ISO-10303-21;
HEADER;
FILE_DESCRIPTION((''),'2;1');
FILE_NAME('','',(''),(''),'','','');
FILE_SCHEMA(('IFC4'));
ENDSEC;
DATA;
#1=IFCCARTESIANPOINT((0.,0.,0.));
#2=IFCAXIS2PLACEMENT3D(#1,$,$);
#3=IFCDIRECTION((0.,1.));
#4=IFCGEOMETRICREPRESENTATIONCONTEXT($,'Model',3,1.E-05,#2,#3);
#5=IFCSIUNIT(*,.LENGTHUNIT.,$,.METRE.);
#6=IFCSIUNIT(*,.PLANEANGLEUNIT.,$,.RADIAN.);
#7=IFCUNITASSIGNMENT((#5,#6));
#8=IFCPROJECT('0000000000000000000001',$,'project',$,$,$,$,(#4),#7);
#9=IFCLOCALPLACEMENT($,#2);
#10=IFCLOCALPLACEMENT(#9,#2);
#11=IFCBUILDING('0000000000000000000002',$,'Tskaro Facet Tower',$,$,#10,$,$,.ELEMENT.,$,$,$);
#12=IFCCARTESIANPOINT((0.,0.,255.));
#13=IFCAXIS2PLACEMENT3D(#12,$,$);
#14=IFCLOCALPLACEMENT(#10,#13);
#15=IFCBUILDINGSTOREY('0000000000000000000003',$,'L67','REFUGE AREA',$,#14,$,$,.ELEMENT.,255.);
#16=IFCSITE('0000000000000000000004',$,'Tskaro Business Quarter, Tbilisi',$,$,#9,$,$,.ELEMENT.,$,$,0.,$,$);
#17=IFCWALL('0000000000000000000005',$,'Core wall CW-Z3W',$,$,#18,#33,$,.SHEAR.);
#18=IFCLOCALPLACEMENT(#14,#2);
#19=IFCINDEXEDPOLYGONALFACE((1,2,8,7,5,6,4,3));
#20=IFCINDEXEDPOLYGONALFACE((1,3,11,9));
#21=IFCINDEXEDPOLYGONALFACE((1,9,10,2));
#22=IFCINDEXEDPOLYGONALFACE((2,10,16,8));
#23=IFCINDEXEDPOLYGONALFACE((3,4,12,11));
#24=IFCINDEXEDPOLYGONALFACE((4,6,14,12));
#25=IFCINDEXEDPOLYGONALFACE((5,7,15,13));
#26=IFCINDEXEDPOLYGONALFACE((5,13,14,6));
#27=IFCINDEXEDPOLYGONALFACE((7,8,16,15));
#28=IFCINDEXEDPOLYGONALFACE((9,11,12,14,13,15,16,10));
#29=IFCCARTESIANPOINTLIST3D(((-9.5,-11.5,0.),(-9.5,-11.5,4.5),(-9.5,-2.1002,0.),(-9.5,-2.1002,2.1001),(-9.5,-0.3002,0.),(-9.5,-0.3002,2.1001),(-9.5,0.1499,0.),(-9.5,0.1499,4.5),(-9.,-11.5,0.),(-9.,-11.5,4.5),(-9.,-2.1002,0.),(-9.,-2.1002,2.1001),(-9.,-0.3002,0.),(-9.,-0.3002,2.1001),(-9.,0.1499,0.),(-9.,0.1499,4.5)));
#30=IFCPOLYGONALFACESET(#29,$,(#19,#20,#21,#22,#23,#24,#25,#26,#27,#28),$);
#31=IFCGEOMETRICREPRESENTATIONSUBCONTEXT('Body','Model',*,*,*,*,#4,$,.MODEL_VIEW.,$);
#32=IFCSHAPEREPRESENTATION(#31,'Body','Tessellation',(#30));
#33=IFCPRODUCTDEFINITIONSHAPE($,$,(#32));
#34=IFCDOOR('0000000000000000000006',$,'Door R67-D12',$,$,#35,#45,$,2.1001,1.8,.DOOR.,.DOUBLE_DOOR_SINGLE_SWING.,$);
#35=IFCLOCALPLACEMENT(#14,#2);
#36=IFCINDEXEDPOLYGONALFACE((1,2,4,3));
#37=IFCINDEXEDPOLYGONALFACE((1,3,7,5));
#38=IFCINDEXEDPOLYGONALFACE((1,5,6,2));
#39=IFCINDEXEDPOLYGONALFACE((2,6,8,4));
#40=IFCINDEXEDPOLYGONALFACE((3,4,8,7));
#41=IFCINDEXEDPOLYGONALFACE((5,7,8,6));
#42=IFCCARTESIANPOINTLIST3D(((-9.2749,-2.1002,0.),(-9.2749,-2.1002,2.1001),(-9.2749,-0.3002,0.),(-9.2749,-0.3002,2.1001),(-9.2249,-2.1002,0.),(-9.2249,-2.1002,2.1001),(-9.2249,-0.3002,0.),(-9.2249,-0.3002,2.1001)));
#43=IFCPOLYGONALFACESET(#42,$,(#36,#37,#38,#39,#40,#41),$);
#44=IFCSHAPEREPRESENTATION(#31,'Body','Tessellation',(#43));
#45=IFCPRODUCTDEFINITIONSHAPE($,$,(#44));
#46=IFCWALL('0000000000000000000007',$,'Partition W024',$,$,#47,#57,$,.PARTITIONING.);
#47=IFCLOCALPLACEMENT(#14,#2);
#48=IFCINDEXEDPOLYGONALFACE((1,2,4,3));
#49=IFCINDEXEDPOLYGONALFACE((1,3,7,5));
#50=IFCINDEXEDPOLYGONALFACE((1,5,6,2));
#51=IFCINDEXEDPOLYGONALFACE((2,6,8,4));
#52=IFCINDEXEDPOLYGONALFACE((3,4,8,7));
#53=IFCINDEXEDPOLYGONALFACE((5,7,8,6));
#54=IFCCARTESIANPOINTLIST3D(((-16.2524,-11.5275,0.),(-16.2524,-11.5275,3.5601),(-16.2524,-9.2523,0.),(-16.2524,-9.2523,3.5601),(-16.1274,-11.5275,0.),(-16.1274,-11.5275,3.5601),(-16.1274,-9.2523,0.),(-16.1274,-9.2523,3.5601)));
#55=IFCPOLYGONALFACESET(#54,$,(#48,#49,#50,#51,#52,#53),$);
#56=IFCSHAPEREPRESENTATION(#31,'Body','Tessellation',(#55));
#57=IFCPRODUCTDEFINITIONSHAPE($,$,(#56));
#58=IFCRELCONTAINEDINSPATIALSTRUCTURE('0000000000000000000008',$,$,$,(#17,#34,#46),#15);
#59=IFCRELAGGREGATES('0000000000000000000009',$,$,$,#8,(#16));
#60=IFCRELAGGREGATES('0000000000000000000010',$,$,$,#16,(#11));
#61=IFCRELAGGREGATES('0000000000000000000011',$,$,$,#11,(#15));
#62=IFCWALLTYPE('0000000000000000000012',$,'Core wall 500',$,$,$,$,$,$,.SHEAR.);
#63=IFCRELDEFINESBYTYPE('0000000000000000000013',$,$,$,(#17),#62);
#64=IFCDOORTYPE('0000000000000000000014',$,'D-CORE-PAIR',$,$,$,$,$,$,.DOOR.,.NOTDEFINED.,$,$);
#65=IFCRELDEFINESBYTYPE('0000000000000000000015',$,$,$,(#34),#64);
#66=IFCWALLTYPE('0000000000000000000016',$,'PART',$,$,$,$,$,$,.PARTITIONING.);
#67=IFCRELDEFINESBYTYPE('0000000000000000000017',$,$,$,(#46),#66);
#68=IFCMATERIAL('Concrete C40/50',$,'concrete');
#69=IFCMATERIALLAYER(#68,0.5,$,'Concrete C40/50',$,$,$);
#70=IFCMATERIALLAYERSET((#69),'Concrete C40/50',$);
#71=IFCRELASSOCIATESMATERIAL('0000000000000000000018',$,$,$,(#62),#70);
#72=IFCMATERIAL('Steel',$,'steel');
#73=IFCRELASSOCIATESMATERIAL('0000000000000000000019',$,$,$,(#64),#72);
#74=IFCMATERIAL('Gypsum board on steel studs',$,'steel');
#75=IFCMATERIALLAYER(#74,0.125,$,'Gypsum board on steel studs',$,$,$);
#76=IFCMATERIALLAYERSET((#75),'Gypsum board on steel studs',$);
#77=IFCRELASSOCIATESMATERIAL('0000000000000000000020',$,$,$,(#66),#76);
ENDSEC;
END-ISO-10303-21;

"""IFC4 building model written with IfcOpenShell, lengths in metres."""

from ifc_helpers import new_model, si_unit, direction, frame, frame_2d, origin, place, context, subcontext, project, spatial, rectangle, extrude, material, layer, layer_set, type_object, element, fill, save


model = new_model("IFC4")

# Units and contexts
model_context = context("Model", 3, precision=1e-05, world=origin(), true_north=direction((0.0, 1.0)))
body_context = subcontext(model_context, "Body", "Model", "MODEL_VIEW")
ifc_project = project(units=[si_unit("LENGTHUNIT", "METRE"), si_unit("PLANEANGLEUNIT", "RADIAN")], contexts=[model_context])

# Site, building, storey
site_placement = place(None, origin())
site = spatial("IfcSite", under=ifc_project, at=site_placement, Name="Tskaro Business Quarter, Tbilisi", CompositionType="ELEMENT", RefElevation=0.0)
building_placement = place(site_placement, origin())
building = spatial("IfcBuilding", under=site, at=building_placement, Name="Tskaro Facet Tower", CompositionType="ELEMENT")
storey_placement = place(building_placement, frame((0.0, 0.0, 255.0)))
storey = spatial("IfcBuildingStorey", under=building, at=storey_placement, Name="L67", Description="REFUGE AREA", CompositionType="ELEMENT", Elevation=255.0)

# Shared definitions
ifc_material_1 = material(Name="Concrete C40/50", Category="concrete")
ifc_layer_1 = layer(ifc_material_1, 0.5, Name="Concrete C40/50")
ifc_layer_set_1 = layer_set([ifc_layer_1], Name="Concrete C40/50")
wall_type_1 = type_object("IfcWallType", Name="Core wall 500", PredefinedType="SHEAR", material=ifc_layer_set_1)

# Wall, opening, door
wall_1_placement = place(storey_placement, frame((-9.25, -11.5, 0.0), z_axis=(0.0, 0.0, 1.0), x_axis=(0.0, 1.0, 0.0)))
wall_1 = element("IfcWall", 1, at=wall_1_placement, inside=storey, type_object=wall_type_1, Name="Core wall CW-Z3W", PredefinedType="SHEAR", context=body_context, shape_type="SweptSolid", body=[
    extrude(rectangle(XDim=11.6499, YDim=0.5, at=frame_2d((5.825, 0.0))), origin(), (0.0, 0.0, 1.0), 4.5),
])
opening_placement = place(wall_1_placement, frame((9.3999, 0.0, 0.0)))
opening = element("IfcOpeningElement", 2, at=opening_placement, cuts=wall_1, PredefinedType="OPENING", context=body_context, shape_type="SweptSolid", body=[
    extrude(rectangle(XDim=1.8, YDim=2.1001, at=frame_2d((0.8999, 1.05))), frame((0.0, 0.26, 0.0), z_axis=(0.0, -1.0, 0.0), x_axis=(1.0, 0.0, 0.0)), (0.0, 0.0, 1.0), 0.52),
])
ifc_material_2 = material(Name="Steel", Category="steel")
door_type = type_object("IfcDoorType", Name="D-CORE-PAIR", OperationType="NOTDEFINED", PredefinedType="DOOR", material=ifc_material_2)
door_placement = place(opening_placement, origin())
door = element("IfcDoor", 3, at=door_placement, inside=storey, type_object=door_type, Name="Door R67-D12", OperationType="DOUBLE_DOOR_SINGLE_SWING", OverallHeight=2.1001, OverallWidth=1.8, PredefinedType="DOOR", context=body_context, shape_type="SweptSolid", body=[
    extrude(rectangle(XDim=1.8, YDim=2.1001, at=frame_2d((0.8999, 1.05))), frame((0.0, 0.0249, 0.0), z_axis=(0.0, -1.0, 0.0), x_axis=(1.0, 0.0, 0.0)), (0.0, 0.0, 1.0), 0.05),
])
fill(opening, door)

# Wall
ifc_material_3 = material(Name="Gypsum board on steel studs", Category="steel")
ifc_layer_2 = layer(ifc_material_3, 0.125, Name="Gypsum board on steel studs")
ifc_layer_set_2 = layer_set([ifc_layer_2], Name="Gypsum board on steel studs")
wall_type_2 = type_object("IfcWallType", Name="PART", PredefinedType="PARTITIONING", material=ifc_layer_set_2)
wall_2_placement = place(storey_placement, frame((-16.1899, -11.5276, 0.0), z_axis=(0.0, 0.0, 1.0), x_axis=(0.0, 1.0, 0.0)))
element("IfcWall", 4, at=wall_2_placement, inside=storey, type_object=wall_type_2, Name="Partition W024", PredefinedType="PARTITIONING", context=body_context, shape_type="SweptSolid", body=[
    extrude(rectangle(XDim=2.2751, YDim=0.125, at=frame_2d((1.1377, 0.0))), origin(), (0.0, 0.0, 1.0), 3.5601),
])

save(model, "model.ifc")
